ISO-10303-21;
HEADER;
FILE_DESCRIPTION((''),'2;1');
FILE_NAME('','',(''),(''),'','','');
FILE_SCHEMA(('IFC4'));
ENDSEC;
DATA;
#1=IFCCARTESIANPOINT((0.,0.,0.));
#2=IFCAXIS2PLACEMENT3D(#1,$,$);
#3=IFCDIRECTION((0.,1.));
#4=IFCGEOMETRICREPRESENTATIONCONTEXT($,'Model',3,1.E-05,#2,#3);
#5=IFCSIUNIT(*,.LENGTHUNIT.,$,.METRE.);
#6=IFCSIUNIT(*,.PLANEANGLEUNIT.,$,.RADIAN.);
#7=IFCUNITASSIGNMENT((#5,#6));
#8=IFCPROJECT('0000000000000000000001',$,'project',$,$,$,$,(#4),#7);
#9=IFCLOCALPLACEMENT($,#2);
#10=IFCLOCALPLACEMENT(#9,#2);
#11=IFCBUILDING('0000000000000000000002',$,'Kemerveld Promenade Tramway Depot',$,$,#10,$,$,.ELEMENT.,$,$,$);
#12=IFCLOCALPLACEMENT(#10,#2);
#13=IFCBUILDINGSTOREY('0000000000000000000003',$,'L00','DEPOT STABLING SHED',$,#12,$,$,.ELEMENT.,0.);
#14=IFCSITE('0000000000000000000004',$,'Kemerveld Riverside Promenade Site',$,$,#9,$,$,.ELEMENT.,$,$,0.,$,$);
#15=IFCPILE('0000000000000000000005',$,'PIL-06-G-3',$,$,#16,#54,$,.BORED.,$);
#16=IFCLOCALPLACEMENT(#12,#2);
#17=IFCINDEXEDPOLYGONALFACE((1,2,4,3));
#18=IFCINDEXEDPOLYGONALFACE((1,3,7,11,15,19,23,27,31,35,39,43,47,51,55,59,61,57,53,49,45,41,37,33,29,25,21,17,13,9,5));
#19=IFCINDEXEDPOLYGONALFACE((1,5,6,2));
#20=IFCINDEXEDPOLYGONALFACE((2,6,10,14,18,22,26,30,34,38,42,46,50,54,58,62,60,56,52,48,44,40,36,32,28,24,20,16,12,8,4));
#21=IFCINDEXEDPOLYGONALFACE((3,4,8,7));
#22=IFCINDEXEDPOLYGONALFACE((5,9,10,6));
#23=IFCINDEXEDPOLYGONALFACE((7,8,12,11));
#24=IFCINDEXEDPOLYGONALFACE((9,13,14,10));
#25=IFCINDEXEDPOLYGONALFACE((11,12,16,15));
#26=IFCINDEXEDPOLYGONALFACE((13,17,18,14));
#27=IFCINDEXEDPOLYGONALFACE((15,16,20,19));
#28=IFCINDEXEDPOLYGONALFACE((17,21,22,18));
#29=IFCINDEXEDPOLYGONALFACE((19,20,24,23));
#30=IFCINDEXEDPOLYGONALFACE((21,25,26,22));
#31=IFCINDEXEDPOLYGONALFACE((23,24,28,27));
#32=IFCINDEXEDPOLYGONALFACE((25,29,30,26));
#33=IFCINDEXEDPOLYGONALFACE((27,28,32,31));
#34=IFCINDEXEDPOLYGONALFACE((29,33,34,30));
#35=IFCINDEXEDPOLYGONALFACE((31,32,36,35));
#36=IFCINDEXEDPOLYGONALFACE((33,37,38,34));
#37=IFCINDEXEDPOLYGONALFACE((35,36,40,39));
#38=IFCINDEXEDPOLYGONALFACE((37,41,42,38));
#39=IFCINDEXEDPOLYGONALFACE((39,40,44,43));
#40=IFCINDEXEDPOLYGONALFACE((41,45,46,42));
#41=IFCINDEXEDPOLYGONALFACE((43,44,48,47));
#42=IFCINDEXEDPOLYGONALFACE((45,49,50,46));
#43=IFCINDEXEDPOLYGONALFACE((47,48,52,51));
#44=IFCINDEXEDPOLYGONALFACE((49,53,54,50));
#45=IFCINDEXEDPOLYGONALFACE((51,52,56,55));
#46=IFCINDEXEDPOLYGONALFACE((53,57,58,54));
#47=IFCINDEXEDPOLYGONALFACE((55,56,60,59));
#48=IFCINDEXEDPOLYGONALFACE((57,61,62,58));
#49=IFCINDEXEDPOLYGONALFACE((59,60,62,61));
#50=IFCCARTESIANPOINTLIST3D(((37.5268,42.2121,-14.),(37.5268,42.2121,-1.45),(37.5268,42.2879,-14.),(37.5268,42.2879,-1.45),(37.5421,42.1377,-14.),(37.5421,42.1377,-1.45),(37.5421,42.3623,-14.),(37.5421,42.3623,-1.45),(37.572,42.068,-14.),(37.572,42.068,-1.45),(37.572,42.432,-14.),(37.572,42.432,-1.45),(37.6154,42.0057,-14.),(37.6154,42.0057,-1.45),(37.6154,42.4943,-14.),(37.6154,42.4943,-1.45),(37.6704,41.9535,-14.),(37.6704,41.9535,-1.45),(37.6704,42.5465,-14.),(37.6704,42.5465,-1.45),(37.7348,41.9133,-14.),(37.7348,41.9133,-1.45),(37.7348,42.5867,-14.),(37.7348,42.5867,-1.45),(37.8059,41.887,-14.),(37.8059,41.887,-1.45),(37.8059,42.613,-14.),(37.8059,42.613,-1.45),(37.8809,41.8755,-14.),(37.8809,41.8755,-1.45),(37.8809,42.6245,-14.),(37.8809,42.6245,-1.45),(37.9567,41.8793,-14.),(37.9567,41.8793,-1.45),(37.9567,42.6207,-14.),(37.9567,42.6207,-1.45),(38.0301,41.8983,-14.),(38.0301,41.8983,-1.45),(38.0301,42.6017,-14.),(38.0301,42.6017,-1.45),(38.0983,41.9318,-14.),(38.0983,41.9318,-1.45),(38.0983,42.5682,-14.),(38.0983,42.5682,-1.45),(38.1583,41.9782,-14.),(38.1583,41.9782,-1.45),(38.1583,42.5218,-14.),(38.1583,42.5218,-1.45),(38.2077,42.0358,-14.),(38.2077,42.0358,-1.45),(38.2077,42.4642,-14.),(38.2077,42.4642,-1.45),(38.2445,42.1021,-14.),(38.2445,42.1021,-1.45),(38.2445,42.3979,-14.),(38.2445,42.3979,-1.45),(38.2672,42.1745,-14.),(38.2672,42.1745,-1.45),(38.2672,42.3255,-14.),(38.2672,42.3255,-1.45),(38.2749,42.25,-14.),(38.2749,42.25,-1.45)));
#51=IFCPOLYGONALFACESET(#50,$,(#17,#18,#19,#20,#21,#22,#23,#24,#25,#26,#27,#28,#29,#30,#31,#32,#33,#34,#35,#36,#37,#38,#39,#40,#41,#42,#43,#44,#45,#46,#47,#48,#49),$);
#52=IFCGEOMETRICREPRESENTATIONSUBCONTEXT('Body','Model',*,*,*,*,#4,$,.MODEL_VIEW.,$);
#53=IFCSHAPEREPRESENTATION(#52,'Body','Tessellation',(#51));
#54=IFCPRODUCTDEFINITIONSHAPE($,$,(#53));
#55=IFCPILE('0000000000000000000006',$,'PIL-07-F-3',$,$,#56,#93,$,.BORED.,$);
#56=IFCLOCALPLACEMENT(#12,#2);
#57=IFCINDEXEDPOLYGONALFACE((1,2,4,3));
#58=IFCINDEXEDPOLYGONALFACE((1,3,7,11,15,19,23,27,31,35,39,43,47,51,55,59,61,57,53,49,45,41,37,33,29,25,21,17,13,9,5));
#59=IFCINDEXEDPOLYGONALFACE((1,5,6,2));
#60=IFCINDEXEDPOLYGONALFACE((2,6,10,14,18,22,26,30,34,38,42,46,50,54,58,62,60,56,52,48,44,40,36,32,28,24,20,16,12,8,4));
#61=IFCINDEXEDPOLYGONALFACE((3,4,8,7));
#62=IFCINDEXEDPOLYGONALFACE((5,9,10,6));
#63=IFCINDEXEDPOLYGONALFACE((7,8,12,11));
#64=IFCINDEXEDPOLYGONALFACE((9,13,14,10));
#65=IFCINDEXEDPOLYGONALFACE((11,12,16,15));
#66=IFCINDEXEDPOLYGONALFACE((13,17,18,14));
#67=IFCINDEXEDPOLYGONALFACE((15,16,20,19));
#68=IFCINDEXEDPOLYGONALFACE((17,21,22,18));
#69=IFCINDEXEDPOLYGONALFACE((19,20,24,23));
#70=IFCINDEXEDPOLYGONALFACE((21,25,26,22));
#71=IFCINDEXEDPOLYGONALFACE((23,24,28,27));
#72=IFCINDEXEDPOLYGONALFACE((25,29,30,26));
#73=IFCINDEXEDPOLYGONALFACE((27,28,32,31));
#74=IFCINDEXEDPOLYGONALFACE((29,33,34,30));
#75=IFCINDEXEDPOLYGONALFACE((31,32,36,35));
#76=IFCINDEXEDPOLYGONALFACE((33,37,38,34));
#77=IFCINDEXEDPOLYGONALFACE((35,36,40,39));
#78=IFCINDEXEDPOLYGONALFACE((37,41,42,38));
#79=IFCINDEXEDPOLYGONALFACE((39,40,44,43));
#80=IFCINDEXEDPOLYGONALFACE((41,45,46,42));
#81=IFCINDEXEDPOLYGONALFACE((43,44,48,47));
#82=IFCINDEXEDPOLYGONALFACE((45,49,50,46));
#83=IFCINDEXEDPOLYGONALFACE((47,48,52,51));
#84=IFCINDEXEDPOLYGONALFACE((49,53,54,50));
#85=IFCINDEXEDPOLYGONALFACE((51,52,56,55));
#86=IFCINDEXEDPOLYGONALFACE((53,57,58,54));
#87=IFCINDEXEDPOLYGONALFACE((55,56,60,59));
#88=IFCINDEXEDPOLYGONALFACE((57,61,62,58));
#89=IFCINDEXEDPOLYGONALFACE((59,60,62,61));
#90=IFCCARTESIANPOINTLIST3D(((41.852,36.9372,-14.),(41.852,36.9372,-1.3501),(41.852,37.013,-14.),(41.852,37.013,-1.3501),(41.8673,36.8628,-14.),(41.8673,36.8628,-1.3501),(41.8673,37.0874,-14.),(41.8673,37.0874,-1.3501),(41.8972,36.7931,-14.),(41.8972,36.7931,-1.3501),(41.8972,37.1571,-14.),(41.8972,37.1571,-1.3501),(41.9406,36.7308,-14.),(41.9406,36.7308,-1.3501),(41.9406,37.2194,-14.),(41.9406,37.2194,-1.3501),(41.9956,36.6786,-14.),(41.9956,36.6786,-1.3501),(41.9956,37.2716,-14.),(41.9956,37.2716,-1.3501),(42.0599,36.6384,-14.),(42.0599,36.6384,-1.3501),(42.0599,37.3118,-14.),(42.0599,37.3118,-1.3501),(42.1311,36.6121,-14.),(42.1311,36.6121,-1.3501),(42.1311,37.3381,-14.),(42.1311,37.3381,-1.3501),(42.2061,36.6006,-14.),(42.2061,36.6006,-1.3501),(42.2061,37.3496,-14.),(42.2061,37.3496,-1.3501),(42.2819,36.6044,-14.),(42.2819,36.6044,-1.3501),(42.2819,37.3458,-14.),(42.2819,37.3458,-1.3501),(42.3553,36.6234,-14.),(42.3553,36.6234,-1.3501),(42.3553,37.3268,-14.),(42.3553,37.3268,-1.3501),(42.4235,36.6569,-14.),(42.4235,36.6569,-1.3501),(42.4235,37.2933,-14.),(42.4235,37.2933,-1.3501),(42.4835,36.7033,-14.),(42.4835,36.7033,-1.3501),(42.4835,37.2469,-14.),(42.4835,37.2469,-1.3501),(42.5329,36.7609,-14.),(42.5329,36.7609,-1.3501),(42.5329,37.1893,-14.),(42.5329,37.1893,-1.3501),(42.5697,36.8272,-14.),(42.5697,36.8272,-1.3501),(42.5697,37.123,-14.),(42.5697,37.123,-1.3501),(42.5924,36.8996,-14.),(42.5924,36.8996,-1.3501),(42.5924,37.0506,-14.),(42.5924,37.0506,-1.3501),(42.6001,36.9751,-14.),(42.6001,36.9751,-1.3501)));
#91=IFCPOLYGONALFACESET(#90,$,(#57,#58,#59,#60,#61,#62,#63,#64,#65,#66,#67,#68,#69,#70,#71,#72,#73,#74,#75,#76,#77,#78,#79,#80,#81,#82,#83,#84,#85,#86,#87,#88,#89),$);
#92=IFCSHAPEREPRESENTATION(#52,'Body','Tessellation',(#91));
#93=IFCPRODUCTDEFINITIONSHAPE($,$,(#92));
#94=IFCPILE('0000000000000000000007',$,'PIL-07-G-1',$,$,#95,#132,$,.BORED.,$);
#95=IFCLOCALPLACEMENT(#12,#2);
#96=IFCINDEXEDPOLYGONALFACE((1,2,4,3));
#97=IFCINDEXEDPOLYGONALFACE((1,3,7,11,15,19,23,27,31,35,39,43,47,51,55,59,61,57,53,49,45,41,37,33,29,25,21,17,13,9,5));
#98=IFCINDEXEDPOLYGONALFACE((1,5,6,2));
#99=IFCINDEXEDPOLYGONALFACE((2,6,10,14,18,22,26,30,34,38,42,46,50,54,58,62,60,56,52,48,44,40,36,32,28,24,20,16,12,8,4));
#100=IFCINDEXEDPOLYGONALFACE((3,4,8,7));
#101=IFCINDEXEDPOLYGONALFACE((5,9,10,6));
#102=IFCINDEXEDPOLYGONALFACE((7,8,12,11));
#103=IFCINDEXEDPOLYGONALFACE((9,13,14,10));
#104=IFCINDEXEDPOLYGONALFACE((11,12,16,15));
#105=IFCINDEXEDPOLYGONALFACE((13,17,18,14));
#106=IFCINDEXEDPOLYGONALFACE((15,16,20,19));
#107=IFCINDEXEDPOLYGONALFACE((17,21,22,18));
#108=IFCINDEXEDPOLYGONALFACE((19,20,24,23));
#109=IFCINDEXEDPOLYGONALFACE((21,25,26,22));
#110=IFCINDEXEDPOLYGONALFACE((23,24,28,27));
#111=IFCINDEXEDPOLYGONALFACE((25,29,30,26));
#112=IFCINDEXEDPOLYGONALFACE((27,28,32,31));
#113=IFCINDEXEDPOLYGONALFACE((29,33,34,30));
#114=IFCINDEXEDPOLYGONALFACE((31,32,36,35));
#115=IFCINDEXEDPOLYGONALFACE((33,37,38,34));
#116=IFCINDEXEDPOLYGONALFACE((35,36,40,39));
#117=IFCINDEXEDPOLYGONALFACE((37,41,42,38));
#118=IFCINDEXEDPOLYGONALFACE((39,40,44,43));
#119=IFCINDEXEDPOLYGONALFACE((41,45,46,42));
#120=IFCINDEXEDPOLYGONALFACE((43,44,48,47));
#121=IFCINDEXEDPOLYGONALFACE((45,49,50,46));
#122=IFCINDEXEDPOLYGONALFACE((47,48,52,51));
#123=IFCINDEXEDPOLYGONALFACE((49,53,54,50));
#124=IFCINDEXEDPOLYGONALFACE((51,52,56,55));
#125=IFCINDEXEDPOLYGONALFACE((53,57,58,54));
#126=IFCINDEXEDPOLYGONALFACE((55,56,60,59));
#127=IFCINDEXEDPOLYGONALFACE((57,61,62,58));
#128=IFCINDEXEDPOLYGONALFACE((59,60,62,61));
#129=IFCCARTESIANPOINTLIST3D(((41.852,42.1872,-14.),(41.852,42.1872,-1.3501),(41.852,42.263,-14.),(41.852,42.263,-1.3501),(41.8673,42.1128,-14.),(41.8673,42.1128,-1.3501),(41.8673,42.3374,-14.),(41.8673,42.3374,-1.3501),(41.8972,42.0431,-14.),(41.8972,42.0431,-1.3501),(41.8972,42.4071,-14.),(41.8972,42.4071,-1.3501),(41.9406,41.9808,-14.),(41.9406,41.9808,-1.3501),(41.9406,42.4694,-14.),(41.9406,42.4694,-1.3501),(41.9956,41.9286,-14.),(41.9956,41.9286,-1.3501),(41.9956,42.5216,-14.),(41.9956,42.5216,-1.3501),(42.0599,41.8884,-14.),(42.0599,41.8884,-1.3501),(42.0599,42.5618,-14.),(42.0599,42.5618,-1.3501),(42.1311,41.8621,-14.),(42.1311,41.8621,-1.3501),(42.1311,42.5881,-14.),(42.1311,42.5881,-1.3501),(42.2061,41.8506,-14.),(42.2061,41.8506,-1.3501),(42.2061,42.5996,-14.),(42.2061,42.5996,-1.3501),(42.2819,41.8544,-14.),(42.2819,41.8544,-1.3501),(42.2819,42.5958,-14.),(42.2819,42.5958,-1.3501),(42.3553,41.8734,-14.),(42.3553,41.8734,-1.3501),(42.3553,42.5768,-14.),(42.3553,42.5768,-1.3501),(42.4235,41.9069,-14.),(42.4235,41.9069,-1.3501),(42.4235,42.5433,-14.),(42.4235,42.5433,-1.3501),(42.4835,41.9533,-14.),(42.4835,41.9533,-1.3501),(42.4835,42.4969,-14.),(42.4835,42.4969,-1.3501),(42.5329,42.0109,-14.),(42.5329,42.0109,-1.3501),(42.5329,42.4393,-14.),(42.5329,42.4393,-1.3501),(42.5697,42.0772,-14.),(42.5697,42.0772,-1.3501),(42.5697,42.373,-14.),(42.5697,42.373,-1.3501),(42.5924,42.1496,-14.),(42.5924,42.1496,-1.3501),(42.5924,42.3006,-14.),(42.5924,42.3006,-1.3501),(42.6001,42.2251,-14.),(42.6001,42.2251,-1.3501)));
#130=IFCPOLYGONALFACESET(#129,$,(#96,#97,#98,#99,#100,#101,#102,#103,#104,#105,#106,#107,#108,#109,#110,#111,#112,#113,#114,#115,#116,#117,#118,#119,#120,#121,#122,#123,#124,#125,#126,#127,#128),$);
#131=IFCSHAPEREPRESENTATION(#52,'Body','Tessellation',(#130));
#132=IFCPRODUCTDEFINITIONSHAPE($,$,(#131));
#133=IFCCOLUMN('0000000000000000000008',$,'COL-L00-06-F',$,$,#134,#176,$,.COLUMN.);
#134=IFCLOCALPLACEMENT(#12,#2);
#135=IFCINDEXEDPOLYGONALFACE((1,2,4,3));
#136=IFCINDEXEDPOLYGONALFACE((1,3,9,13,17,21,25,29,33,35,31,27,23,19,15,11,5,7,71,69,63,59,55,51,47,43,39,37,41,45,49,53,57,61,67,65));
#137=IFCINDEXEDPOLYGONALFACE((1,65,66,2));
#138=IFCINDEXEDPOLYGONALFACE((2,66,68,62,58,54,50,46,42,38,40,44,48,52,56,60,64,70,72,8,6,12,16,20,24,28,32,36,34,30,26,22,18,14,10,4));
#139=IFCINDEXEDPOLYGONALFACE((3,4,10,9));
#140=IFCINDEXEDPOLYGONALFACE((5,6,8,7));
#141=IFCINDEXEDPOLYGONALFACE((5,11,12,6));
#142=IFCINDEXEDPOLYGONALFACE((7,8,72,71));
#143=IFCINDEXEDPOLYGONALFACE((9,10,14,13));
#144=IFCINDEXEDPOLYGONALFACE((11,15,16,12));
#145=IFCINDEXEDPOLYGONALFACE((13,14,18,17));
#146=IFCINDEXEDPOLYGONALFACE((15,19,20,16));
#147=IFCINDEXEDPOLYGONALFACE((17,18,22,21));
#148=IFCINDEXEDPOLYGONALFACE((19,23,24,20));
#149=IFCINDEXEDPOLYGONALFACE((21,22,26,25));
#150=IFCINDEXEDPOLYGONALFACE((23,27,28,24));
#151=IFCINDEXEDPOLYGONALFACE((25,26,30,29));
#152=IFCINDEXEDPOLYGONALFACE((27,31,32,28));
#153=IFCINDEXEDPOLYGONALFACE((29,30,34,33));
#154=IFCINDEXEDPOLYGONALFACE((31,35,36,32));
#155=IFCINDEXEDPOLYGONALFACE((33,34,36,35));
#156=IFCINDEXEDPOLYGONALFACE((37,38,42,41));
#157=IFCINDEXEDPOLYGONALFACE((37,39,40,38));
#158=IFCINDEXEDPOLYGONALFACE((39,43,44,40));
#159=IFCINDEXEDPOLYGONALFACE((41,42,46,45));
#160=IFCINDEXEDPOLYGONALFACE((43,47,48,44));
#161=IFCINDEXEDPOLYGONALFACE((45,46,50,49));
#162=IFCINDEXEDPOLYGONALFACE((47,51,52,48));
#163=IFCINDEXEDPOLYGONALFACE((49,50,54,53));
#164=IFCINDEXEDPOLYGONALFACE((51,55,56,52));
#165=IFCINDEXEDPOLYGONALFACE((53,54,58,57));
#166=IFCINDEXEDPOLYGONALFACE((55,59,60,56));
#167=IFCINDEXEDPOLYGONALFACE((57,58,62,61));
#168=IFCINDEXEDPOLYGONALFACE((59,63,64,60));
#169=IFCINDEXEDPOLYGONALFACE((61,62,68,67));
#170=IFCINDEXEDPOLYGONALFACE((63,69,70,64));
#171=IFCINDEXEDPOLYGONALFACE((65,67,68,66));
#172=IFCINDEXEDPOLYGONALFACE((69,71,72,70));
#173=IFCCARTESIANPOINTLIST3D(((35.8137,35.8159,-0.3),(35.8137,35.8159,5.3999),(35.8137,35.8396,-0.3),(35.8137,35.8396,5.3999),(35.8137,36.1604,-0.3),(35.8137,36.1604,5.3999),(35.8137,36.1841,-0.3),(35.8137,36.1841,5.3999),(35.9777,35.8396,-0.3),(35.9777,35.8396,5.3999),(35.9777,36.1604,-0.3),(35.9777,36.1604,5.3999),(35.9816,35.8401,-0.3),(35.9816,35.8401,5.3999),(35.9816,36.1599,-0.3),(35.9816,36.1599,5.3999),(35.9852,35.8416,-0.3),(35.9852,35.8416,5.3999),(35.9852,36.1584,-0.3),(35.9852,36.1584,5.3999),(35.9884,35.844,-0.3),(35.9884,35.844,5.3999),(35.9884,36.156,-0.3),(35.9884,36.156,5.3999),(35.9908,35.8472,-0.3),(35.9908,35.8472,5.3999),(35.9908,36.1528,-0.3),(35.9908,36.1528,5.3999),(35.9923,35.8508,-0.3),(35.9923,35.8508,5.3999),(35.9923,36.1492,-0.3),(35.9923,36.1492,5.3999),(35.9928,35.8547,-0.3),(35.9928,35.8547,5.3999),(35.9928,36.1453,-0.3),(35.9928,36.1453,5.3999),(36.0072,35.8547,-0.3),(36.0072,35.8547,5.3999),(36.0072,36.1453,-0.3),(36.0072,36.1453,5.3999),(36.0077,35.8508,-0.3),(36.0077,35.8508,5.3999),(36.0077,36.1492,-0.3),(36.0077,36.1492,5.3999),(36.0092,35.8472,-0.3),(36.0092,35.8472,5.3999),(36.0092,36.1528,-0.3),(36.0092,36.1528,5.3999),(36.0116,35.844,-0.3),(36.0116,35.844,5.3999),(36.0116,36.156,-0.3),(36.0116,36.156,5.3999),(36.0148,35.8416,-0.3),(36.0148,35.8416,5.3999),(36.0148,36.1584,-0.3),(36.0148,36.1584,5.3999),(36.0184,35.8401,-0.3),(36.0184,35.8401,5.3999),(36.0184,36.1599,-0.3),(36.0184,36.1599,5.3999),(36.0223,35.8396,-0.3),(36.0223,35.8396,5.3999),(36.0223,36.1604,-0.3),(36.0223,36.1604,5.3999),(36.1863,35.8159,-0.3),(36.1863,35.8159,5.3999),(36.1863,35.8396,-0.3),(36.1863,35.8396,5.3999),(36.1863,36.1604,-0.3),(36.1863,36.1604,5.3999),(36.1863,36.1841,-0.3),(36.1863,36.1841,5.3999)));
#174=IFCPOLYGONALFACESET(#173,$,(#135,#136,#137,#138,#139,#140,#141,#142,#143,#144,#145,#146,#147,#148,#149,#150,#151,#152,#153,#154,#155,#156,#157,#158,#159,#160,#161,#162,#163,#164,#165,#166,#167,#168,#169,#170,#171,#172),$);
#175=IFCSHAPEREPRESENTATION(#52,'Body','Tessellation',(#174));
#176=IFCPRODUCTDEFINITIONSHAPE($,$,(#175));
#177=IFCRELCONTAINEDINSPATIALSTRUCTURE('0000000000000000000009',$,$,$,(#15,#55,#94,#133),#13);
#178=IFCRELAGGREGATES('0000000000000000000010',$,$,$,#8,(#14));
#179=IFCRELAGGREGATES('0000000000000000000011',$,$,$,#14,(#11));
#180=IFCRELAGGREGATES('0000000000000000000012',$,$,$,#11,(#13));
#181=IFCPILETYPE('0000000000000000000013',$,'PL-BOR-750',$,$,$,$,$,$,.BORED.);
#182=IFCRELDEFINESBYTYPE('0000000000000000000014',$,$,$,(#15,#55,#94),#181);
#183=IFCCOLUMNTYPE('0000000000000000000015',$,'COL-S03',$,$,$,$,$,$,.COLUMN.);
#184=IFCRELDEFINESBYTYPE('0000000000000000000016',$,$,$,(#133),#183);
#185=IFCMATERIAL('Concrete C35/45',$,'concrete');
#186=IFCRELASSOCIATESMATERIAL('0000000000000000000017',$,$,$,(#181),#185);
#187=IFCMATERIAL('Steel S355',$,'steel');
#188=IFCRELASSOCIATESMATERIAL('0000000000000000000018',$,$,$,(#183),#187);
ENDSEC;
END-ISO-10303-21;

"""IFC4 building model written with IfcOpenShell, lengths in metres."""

from ifc_helpers import new_model, si_unit, direction, frame, origin, origin_2d, place, context, subcontext, project, spatial, circle, i_section, extrude, material, material_profile, profile_set, type_object, element, save


model = new_model("IFC4")

# Units and contexts
model_context = context("Model", 3, precision=1e-05, world=origin(), true_north=direction((0.0, 1.0)))
body_context = subcontext(model_context, "Body", "Model", "MODEL_VIEW")
ifc_project = project(units=[si_unit("LENGTHUNIT", "METRE"), si_unit("PLANEANGLEUNIT", "RADIAN")], contexts=[model_context])

# Site, building, storey
site_placement = place(None, origin())
site = spatial("IfcSite", under=ifc_project, at=site_placement, Name="Kemerveld Riverside Promenade Site", CompositionType="ELEMENT", RefElevation=0.0)
building_placement = place(site_placement, origin())
building = spatial("IfcBuilding", under=site, at=building_placement, Name="Kemerveld Promenade Tramway Depot", CompositionType="ELEMENT")
storey_placement = place(building_placement, origin())
storey = spatial("IfcBuildingStorey", under=building, at=storey_placement, Name="L00", Description="DEPOT STABLING SHED", CompositionType="ELEMENT", Elevation=0.0)

# Shared definitions
ifc_material_1 = material(Name="Concrete C35/45", Category="concrete")

# Piles
ifc_material_profile_1 = material_profile(ifc_material_1, circle(Radius=0.375, at=origin_2d()), Name="PILE-D750")
ifc_profile_set_1 = profile_set([ifc_material_profile_1], Name="Concrete C35/45")
pile_type = type_object("IfcPileType", Name="PL-BOR-750", PredefinedType="BORED", material=ifc_profile_set_1)
for number, where, z_axis, x_axis, name in (
    (1, (37.8999, 42.25, -1.45), (0.0, 0.0, -1.0), (1.0, 0.0, 0.0), "PIL-06-G-3"),
):
    element("IfcPile", number, at=place(storey_placement, frame(where, z_axis=z_axis, x_axis=x_axis)), inside=storey, type_object=pile_type, Name=name, PredefinedType="BORED", context=body_context, shape_type="SweptSolid", body=[
        extrude(circle(Radius=0.375, at=origin_2d()), origin(), (0.0, 0.0, 1.0), 12.55),
    ])
for number, where, z_axis, x_axis, name in (
    (2, (42.2251, 36.9751, -1.3501), (0.0, 0.0, -1.0), (1.0, 0.0, 0.0), "PIL-07-F-3"),
    (3, (42.2251, 42.2251, -1.3501), (0.0, 0.0, -1.0), (1.0, 0.0, 0.0), "PIL-07-G-1"),
):
    element("IfcPile", number, at=place(storey_placement, frame(where, z_axis=z_axis, x_axis=x_axis)), inside=storey, type_object=pile_type, Name=name, PredefinedType="BORED", context=body_context, shape_type="SweptSolid", body=[
        extrude(circle(Radius=0.375, at=origin_2d()), origin(), (0.0, 0.0, 1.0), 12.6499),
    ])

# Column
ifc_material_2 = material(Name="Steel S355", Category="steel")
ifc_material_profile_2 = material_profile(ifc_material_2, i_section(OverallWidth=0.3726, OverallDepth=0.3682, WebThickness=0.0144, FlangeThickness=0.0237, FilletRadius=0.0151, at=origin_2d()), Name="356x368x177 UC")
ifc_profile_set_2 = profile_set([ifc_material_profile_2], Name="Steel S355")
column_type = type_object("IfcColumnType", Name="COL-S03", PredefinedType="COLUMN", material=ifc_profile_set_2)
for number, where, z_axis, x_axis, name in (
    (4, (36.0, 36.0, -0.3), (0.0, 0.0, 1.0), (1.0, 0.0, 0.0), "COL-L00-06-F"),
):
    element("IfcColumn", number, at=place(storey_placement, frame(where, z_axis=z_axis, x_axis=x_axis)), inside=storey, type_object=column_type, Name=name, PredefinedType="COLUMN", context=body_context, shape_type="SweptSolid", body=[
        extrude(i_section(OverallWidth=0.3726, OverallDepth=0.3682, WebThickness=0.0144, FlangeThickness=0.0237, FilletRadius=0.0151, at=origin_2d()), origin(), (0.0, 0.0, 1.0), 5.7),
    ])

save(model, "model.ifc")
